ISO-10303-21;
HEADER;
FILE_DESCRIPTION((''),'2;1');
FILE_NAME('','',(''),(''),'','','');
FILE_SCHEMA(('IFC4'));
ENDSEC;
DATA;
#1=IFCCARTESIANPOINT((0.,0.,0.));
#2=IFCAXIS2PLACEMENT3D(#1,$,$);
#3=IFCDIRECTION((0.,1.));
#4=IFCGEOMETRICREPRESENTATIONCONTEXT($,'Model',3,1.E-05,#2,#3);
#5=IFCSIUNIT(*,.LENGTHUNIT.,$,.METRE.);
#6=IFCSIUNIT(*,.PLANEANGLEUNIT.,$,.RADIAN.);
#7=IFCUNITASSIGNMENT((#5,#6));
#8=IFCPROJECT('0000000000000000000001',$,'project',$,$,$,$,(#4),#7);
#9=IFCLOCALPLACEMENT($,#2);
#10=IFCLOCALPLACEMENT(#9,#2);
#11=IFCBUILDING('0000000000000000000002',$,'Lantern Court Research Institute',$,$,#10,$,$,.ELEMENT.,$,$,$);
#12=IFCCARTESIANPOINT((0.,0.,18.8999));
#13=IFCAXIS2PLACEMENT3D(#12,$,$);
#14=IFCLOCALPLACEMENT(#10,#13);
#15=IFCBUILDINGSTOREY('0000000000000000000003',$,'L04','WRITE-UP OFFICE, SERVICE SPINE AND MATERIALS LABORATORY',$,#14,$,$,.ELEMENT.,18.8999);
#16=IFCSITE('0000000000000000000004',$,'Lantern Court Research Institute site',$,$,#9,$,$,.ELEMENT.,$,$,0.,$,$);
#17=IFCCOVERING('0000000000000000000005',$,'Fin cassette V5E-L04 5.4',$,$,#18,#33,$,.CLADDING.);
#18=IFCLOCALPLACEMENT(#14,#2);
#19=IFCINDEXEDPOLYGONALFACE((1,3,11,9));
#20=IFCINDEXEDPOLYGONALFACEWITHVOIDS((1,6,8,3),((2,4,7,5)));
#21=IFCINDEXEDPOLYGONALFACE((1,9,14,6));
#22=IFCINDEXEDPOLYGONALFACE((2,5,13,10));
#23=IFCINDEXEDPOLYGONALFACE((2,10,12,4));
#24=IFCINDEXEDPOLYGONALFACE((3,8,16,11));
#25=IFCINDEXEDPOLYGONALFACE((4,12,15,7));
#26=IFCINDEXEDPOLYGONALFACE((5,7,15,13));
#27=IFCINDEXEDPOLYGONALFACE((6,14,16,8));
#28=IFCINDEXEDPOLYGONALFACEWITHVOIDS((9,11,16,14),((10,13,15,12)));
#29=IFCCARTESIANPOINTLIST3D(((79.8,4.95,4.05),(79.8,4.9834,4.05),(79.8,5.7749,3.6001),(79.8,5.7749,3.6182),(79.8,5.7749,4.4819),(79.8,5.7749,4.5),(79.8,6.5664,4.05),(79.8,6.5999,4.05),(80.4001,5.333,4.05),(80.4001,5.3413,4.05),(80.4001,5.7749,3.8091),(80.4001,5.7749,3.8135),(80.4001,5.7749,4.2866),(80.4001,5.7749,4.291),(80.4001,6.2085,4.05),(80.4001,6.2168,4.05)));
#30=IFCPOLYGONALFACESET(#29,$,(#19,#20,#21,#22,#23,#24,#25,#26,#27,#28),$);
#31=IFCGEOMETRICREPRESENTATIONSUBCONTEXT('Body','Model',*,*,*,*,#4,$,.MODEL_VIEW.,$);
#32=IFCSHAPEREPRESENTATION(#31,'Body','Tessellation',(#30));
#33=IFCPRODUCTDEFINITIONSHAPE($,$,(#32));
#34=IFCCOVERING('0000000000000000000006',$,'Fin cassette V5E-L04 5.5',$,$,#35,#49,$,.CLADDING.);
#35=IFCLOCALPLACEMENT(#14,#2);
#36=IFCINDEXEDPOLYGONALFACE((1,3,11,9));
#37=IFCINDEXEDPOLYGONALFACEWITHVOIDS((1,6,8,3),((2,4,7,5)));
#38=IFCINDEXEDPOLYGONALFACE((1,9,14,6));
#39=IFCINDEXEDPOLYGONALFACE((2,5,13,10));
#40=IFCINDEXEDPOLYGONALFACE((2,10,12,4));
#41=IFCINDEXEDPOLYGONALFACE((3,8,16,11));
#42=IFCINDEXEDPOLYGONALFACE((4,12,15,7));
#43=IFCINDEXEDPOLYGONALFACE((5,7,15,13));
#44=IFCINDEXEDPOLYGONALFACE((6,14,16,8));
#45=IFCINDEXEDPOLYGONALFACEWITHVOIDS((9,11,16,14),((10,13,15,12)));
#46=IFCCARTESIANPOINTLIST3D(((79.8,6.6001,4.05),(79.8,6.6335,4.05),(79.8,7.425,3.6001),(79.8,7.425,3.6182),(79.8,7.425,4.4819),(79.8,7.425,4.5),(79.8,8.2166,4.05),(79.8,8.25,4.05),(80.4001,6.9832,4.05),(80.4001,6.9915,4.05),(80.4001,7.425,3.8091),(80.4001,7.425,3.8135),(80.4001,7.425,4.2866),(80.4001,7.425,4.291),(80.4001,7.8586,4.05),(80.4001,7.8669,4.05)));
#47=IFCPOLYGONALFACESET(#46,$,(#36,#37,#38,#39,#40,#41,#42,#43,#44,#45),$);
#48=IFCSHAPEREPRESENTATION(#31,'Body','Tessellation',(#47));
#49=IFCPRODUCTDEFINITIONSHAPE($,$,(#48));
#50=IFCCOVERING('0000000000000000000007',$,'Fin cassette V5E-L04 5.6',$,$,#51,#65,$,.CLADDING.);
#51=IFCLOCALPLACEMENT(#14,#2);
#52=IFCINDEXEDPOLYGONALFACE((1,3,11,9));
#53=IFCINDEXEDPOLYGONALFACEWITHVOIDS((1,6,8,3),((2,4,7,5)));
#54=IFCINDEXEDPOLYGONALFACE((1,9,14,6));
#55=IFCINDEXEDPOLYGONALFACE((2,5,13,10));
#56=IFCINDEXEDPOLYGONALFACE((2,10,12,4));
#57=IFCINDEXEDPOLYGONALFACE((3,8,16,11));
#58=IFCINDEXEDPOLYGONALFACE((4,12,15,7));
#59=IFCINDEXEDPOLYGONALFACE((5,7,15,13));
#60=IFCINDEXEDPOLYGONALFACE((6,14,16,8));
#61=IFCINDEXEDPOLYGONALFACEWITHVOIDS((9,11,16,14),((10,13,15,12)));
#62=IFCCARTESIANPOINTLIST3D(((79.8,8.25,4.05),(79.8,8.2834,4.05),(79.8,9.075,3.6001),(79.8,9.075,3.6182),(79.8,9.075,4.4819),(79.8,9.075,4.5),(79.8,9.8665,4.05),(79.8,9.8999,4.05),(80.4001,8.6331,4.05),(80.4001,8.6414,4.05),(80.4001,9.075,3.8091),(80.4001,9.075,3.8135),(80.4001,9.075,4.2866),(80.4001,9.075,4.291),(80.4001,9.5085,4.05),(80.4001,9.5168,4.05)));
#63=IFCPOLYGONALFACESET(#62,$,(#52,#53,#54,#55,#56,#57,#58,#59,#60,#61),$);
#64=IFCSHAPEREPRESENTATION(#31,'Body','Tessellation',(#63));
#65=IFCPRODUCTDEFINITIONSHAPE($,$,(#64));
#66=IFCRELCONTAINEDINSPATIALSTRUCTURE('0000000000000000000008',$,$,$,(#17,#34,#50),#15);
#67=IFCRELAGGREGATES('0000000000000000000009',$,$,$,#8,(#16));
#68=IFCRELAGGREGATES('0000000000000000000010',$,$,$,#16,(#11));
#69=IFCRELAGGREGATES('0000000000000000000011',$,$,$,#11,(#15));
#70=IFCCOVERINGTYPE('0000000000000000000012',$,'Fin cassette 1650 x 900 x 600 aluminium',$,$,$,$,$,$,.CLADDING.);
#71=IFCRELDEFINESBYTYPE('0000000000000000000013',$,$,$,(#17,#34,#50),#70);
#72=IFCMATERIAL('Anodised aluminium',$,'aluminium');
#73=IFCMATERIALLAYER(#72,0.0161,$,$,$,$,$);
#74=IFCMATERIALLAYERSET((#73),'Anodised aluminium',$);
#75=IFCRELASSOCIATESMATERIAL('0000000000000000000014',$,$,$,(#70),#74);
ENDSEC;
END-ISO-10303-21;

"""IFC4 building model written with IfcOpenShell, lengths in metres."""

from ifc_helpers import new_model, entity, si_unit, direction, frame, origin, place, context, subcontext, project, spatial, material, layer, layer_set, type_object, element, save


model = new_model("IFC4")

# Units and contexts
model_context = context("Model", 3, precision=1e-05, world=origin(), true_north=direction((0.0, 1.0)))
body_context = subcontext(model_context, "Body", "Model", "MODEL_VIEW")
ifc_project = project(units=[si_unit("LENGTHUNIT", "METRE"), si_unit("PLANEANGLEUNIT", "RADIAN")], contexts=[model_context])

# Site, building, storey
site_placement = place(None, origin())
site = spatial("IfcSite", under=ifc_project, at=site_placement, Name="Lantern Court Research Institute site", CompositionType="ELEMENT", RefElevation=0.0)
building_placement = place(site_placement, origin())
building = spatial("IfcBuilding", under=site, at=building_placement, Name="Lantern Court Research Institute", CompositionType="ELEMENT")
storey_placement = place(building_placement, frame((0.0, 0.0, 18.8999)))
storey = spatial("IfcBuildingStorey", under=building, at=storey_placement, Name="L04", Description="WRITE-UP OFFICE, SERVICE SPINE AND MATERIALS LABORATORY", CompositionType="ELEMENT", Elevation=18.8999)

# Coverings
ifc_material_1 = material(Name="Anodised aluminium", Category="aluminium")
ifc_layer = layer(ifc_material_1, 0.0161)
ifc_layer_set = layer_set([ifc_layer], Name="Anodised aluminium")
covering_type = type_object("IfcCoveringType", Name="Fin cassette 1650 x 900 x 600 aluminium", PredefinedType="CLADDING", material=ifc_layer_set)
covering_1_placement = place(storey_placement, frame((79.8, 5.7749, 4.05), z_axis=(1.0, 0.0, 0.0), x_axis=(0.0, 1.0, 0.0)))
cartesian_point_1 = entity("IfcCartesianPoint", [0.825, 0.0])
cartesian_point_2 = entity("IfcCartesianPoint", [0.7915, 0.0])
cartesian_point_3 = entity("IfcCartesianPoint", [0.4419, 0.0])
cartesian_point_4 = entity("IfcCartesianPoint", [0.4336, 0.0])
element("IfcCovering", 1, at=covering_1_placement, inside=storey, type_object=covering_type, Name="Fin cassette V5E-L04 5.4", PredefinedType="CLADDING", context=body_context, shape_type="SweptSolid", body=[
    entity("IfcExtrudedAreaSolidTapered", entity("IfcArbitraryProfileDefWithVoids", "AREA", None, entity("IfcPolyline", [cartesian_point_1, entity("IfcCartesianPoint", [0.0, 0.45]), entity("IfcCartesianPoint", [-0.825, 0.0]), entity("IfcCartesianPoint", [0.0, -0.45]), cartesian_point_1]), [entity("IfcPolyline", [cartesian_point_2, entity("IfcCartesianPoint", [0.0, 0.4319]), entity("IfcCartesianPoint", [-0.7915, 0.0]), entity("IfcCartesianPoint", [0.0, -0.4319]), cartesian_point_2])]), entity("IfcAxis2Placement3D", entity("IfcCartesianPoint", [0.0, 0.0, 0.0])), entity("IfcDirection", [0.0, 0.0, 1.0]), 0.6001, entity("IfcArbitraryProfileDefWithVoids", "AREA", None, entity("IfcPolyline", [cartesian_point_3, entity("IfcCartesianPoint", [0.0, 0.241]), entity("IfcCartesianPoint", [-0.4419, 0.0]), entity("IfcCartesianPoint", [0.0, -0.241]), cartesian_point_3]), [entity("IfcPolyline", [cartesian_point_4, entity("IfcCartesianPoint", [0.0, 0.2366]), entity("IfcCartesianPoint", [-0.4336, 0.0]), entity("IfcCartesianPoint", [0.0, -0.2366]), cartesian_point_4])])),
])
covering_2_placement = place(storey_placement, frame((79.8, 7.425, 4.05), z_axis=(1.0, 0.0, 0.0), x_axis=(0.0, 1.0, 0.0)))
cartesian_point_5 = entity("IfcCartesianPoint", [0.825, 0.0])
cartesian_point_6 = entity("IfcCartesianPoint", [0.7915, 0.0])
cartesian_point_7 = entity("IfcCartesianPoint", [0.4419, 0.0])
cartesian_point_8 = entity("IfcCartesianPoint", [0.4336, 0.0])
element("IfcCovering", 2, at=covering_2_placement, inside=storey, type_object=covering_type, Name="Fin cassette V5E-L04 5.5", PredefinedType="CLADDING", context=body_context, shape_type="SweptSolid", body=[
    entity("IfcExtrudedAreaSolidTapered", entity("IfcArbitraryProfileDefWithVoids", "AREA", None, entity("IfcPolyline", [cartesian_point_5, entity("IfcCartesianPoint", [0.0, 0.45]), entity("IfcCartesianPoint", [-0.825, 0.0]), entity("IfcCartesianPoint", [0.0, -0.45]), cartesian_point_5]), [entity("IfcPolyline", [cartesian_point_6, entity("IfcCartesianPoint", [0.0, 0.4319]), entity("IfcCartesianPoint", [-0.7915, 0.0]), entity("IfcCartesianPoint", [0.0, -0.4319]), cartesian_point_6])]), entity("IfcAxis2Placement3D", entity("IfcCartesianPoint", [0.0, 0.0, 0.0])), entity("IfcDirection", [0.0, 0.0, 1.0]), 0.6001, entity("IfcArbitraryProfileDefWithVoids", "AREA", None, entity("IfcPolyline", [cartesian_point_7, entity("IfcCartesianPoint", [0.0, 0.241]), entity("IfcCartesianPoint", [-0.4419, 0.0]), entity("IfcCartesianPoint", [0.0, -0.241]), cartesian_point_7]), [entity("IfcPolyline", [cartesian_point_8, entity("IfcCartesianPoint", [0.0, 0.2366]), entity("IfcCartesianPoint", [-0.4336, 0.0]), entity("IfcCartesianPoint", [0.0, -0.2366]), cartesian_point_8])])),
])
covering_3_placement = place(storey_placement, frame((79.8, 9.075, 4.05), z_axis=(1.0, 0.0, 0.0), x_axis=(0.0, 1.0, 0.0)))
cartesian_point_9 = entity("IfcCartesianPoint", [0.825, 0.0])
cartesian_point_10 = entity("IfcCartesianPoint", [0.7915, 0.0])
cartesian_point_11 = entity("IfcCartesianPoint", [0.4419, 0.0])
cartesian_point_12 = entity("IfcCartesianPoint", [0.4336, 0.0])
element("IfcCovering", 3, at=covering_3_placement, inside=storey, type_object=covering_type, Name="Fin cassette V5E-L04 5.6", PredefinedType="CLADDING", context=body_context, shape_type="SweptSolid", body=[
    entity("IfcExtrudedAreaSolidTapered", entity("IfcArbitraryProfileDefWithVoids", "AREA", None, entity("IfcPolyline", [cartesian_point_9, entity("IfcCartesianPoint", [0.0, 0.45]), entity("IfcCartesianPoint", [-0.825, 0.0]), entity("IfcCartesianPoint", [0.0, -0.45]), cartesian_point_9]), [entity("IfcPolyline", [cartesian_point_10, entity("IfcCartesianPoint", [0.0, 0.4319]), entity("IfcCartesianPoint", [-0.7915, 0.0]), entity("IfcCartesianPoint", [0.0, -0.4319]), cartesian_point_10])]), entity("IfcAxis2Placement3D", entity("IfcCartesianPoint", [0.0, 0.0, 0.0])), entity("IfcDirection", [0.0, 0.0, 1.0]), 0.6001, entity("IfcArbitraryProfileDefWithVoids", "AREA", None, entity("IfcPolyline", [cartesian_point_11, entity("IfcCartesianPoint", [0.0, 0.241]), entity("IfcCartesianPoint", [-0.4419, 0.0]), entity("IfcCartesianPoint", [0.0, -0.241]), cartesian_point_11]), [entity("IfcPolyline", [cartesian_point_12, entity("IfcCartesianPoint", [0.0, 0.2366]), entity("IfcCartesianPoint", [-0.4336, 0.0]), entity("IfcCartesianPoint", [0.0, -0.2366]), cartesian_point_12])])),
])

save(model, "model.ifc")
